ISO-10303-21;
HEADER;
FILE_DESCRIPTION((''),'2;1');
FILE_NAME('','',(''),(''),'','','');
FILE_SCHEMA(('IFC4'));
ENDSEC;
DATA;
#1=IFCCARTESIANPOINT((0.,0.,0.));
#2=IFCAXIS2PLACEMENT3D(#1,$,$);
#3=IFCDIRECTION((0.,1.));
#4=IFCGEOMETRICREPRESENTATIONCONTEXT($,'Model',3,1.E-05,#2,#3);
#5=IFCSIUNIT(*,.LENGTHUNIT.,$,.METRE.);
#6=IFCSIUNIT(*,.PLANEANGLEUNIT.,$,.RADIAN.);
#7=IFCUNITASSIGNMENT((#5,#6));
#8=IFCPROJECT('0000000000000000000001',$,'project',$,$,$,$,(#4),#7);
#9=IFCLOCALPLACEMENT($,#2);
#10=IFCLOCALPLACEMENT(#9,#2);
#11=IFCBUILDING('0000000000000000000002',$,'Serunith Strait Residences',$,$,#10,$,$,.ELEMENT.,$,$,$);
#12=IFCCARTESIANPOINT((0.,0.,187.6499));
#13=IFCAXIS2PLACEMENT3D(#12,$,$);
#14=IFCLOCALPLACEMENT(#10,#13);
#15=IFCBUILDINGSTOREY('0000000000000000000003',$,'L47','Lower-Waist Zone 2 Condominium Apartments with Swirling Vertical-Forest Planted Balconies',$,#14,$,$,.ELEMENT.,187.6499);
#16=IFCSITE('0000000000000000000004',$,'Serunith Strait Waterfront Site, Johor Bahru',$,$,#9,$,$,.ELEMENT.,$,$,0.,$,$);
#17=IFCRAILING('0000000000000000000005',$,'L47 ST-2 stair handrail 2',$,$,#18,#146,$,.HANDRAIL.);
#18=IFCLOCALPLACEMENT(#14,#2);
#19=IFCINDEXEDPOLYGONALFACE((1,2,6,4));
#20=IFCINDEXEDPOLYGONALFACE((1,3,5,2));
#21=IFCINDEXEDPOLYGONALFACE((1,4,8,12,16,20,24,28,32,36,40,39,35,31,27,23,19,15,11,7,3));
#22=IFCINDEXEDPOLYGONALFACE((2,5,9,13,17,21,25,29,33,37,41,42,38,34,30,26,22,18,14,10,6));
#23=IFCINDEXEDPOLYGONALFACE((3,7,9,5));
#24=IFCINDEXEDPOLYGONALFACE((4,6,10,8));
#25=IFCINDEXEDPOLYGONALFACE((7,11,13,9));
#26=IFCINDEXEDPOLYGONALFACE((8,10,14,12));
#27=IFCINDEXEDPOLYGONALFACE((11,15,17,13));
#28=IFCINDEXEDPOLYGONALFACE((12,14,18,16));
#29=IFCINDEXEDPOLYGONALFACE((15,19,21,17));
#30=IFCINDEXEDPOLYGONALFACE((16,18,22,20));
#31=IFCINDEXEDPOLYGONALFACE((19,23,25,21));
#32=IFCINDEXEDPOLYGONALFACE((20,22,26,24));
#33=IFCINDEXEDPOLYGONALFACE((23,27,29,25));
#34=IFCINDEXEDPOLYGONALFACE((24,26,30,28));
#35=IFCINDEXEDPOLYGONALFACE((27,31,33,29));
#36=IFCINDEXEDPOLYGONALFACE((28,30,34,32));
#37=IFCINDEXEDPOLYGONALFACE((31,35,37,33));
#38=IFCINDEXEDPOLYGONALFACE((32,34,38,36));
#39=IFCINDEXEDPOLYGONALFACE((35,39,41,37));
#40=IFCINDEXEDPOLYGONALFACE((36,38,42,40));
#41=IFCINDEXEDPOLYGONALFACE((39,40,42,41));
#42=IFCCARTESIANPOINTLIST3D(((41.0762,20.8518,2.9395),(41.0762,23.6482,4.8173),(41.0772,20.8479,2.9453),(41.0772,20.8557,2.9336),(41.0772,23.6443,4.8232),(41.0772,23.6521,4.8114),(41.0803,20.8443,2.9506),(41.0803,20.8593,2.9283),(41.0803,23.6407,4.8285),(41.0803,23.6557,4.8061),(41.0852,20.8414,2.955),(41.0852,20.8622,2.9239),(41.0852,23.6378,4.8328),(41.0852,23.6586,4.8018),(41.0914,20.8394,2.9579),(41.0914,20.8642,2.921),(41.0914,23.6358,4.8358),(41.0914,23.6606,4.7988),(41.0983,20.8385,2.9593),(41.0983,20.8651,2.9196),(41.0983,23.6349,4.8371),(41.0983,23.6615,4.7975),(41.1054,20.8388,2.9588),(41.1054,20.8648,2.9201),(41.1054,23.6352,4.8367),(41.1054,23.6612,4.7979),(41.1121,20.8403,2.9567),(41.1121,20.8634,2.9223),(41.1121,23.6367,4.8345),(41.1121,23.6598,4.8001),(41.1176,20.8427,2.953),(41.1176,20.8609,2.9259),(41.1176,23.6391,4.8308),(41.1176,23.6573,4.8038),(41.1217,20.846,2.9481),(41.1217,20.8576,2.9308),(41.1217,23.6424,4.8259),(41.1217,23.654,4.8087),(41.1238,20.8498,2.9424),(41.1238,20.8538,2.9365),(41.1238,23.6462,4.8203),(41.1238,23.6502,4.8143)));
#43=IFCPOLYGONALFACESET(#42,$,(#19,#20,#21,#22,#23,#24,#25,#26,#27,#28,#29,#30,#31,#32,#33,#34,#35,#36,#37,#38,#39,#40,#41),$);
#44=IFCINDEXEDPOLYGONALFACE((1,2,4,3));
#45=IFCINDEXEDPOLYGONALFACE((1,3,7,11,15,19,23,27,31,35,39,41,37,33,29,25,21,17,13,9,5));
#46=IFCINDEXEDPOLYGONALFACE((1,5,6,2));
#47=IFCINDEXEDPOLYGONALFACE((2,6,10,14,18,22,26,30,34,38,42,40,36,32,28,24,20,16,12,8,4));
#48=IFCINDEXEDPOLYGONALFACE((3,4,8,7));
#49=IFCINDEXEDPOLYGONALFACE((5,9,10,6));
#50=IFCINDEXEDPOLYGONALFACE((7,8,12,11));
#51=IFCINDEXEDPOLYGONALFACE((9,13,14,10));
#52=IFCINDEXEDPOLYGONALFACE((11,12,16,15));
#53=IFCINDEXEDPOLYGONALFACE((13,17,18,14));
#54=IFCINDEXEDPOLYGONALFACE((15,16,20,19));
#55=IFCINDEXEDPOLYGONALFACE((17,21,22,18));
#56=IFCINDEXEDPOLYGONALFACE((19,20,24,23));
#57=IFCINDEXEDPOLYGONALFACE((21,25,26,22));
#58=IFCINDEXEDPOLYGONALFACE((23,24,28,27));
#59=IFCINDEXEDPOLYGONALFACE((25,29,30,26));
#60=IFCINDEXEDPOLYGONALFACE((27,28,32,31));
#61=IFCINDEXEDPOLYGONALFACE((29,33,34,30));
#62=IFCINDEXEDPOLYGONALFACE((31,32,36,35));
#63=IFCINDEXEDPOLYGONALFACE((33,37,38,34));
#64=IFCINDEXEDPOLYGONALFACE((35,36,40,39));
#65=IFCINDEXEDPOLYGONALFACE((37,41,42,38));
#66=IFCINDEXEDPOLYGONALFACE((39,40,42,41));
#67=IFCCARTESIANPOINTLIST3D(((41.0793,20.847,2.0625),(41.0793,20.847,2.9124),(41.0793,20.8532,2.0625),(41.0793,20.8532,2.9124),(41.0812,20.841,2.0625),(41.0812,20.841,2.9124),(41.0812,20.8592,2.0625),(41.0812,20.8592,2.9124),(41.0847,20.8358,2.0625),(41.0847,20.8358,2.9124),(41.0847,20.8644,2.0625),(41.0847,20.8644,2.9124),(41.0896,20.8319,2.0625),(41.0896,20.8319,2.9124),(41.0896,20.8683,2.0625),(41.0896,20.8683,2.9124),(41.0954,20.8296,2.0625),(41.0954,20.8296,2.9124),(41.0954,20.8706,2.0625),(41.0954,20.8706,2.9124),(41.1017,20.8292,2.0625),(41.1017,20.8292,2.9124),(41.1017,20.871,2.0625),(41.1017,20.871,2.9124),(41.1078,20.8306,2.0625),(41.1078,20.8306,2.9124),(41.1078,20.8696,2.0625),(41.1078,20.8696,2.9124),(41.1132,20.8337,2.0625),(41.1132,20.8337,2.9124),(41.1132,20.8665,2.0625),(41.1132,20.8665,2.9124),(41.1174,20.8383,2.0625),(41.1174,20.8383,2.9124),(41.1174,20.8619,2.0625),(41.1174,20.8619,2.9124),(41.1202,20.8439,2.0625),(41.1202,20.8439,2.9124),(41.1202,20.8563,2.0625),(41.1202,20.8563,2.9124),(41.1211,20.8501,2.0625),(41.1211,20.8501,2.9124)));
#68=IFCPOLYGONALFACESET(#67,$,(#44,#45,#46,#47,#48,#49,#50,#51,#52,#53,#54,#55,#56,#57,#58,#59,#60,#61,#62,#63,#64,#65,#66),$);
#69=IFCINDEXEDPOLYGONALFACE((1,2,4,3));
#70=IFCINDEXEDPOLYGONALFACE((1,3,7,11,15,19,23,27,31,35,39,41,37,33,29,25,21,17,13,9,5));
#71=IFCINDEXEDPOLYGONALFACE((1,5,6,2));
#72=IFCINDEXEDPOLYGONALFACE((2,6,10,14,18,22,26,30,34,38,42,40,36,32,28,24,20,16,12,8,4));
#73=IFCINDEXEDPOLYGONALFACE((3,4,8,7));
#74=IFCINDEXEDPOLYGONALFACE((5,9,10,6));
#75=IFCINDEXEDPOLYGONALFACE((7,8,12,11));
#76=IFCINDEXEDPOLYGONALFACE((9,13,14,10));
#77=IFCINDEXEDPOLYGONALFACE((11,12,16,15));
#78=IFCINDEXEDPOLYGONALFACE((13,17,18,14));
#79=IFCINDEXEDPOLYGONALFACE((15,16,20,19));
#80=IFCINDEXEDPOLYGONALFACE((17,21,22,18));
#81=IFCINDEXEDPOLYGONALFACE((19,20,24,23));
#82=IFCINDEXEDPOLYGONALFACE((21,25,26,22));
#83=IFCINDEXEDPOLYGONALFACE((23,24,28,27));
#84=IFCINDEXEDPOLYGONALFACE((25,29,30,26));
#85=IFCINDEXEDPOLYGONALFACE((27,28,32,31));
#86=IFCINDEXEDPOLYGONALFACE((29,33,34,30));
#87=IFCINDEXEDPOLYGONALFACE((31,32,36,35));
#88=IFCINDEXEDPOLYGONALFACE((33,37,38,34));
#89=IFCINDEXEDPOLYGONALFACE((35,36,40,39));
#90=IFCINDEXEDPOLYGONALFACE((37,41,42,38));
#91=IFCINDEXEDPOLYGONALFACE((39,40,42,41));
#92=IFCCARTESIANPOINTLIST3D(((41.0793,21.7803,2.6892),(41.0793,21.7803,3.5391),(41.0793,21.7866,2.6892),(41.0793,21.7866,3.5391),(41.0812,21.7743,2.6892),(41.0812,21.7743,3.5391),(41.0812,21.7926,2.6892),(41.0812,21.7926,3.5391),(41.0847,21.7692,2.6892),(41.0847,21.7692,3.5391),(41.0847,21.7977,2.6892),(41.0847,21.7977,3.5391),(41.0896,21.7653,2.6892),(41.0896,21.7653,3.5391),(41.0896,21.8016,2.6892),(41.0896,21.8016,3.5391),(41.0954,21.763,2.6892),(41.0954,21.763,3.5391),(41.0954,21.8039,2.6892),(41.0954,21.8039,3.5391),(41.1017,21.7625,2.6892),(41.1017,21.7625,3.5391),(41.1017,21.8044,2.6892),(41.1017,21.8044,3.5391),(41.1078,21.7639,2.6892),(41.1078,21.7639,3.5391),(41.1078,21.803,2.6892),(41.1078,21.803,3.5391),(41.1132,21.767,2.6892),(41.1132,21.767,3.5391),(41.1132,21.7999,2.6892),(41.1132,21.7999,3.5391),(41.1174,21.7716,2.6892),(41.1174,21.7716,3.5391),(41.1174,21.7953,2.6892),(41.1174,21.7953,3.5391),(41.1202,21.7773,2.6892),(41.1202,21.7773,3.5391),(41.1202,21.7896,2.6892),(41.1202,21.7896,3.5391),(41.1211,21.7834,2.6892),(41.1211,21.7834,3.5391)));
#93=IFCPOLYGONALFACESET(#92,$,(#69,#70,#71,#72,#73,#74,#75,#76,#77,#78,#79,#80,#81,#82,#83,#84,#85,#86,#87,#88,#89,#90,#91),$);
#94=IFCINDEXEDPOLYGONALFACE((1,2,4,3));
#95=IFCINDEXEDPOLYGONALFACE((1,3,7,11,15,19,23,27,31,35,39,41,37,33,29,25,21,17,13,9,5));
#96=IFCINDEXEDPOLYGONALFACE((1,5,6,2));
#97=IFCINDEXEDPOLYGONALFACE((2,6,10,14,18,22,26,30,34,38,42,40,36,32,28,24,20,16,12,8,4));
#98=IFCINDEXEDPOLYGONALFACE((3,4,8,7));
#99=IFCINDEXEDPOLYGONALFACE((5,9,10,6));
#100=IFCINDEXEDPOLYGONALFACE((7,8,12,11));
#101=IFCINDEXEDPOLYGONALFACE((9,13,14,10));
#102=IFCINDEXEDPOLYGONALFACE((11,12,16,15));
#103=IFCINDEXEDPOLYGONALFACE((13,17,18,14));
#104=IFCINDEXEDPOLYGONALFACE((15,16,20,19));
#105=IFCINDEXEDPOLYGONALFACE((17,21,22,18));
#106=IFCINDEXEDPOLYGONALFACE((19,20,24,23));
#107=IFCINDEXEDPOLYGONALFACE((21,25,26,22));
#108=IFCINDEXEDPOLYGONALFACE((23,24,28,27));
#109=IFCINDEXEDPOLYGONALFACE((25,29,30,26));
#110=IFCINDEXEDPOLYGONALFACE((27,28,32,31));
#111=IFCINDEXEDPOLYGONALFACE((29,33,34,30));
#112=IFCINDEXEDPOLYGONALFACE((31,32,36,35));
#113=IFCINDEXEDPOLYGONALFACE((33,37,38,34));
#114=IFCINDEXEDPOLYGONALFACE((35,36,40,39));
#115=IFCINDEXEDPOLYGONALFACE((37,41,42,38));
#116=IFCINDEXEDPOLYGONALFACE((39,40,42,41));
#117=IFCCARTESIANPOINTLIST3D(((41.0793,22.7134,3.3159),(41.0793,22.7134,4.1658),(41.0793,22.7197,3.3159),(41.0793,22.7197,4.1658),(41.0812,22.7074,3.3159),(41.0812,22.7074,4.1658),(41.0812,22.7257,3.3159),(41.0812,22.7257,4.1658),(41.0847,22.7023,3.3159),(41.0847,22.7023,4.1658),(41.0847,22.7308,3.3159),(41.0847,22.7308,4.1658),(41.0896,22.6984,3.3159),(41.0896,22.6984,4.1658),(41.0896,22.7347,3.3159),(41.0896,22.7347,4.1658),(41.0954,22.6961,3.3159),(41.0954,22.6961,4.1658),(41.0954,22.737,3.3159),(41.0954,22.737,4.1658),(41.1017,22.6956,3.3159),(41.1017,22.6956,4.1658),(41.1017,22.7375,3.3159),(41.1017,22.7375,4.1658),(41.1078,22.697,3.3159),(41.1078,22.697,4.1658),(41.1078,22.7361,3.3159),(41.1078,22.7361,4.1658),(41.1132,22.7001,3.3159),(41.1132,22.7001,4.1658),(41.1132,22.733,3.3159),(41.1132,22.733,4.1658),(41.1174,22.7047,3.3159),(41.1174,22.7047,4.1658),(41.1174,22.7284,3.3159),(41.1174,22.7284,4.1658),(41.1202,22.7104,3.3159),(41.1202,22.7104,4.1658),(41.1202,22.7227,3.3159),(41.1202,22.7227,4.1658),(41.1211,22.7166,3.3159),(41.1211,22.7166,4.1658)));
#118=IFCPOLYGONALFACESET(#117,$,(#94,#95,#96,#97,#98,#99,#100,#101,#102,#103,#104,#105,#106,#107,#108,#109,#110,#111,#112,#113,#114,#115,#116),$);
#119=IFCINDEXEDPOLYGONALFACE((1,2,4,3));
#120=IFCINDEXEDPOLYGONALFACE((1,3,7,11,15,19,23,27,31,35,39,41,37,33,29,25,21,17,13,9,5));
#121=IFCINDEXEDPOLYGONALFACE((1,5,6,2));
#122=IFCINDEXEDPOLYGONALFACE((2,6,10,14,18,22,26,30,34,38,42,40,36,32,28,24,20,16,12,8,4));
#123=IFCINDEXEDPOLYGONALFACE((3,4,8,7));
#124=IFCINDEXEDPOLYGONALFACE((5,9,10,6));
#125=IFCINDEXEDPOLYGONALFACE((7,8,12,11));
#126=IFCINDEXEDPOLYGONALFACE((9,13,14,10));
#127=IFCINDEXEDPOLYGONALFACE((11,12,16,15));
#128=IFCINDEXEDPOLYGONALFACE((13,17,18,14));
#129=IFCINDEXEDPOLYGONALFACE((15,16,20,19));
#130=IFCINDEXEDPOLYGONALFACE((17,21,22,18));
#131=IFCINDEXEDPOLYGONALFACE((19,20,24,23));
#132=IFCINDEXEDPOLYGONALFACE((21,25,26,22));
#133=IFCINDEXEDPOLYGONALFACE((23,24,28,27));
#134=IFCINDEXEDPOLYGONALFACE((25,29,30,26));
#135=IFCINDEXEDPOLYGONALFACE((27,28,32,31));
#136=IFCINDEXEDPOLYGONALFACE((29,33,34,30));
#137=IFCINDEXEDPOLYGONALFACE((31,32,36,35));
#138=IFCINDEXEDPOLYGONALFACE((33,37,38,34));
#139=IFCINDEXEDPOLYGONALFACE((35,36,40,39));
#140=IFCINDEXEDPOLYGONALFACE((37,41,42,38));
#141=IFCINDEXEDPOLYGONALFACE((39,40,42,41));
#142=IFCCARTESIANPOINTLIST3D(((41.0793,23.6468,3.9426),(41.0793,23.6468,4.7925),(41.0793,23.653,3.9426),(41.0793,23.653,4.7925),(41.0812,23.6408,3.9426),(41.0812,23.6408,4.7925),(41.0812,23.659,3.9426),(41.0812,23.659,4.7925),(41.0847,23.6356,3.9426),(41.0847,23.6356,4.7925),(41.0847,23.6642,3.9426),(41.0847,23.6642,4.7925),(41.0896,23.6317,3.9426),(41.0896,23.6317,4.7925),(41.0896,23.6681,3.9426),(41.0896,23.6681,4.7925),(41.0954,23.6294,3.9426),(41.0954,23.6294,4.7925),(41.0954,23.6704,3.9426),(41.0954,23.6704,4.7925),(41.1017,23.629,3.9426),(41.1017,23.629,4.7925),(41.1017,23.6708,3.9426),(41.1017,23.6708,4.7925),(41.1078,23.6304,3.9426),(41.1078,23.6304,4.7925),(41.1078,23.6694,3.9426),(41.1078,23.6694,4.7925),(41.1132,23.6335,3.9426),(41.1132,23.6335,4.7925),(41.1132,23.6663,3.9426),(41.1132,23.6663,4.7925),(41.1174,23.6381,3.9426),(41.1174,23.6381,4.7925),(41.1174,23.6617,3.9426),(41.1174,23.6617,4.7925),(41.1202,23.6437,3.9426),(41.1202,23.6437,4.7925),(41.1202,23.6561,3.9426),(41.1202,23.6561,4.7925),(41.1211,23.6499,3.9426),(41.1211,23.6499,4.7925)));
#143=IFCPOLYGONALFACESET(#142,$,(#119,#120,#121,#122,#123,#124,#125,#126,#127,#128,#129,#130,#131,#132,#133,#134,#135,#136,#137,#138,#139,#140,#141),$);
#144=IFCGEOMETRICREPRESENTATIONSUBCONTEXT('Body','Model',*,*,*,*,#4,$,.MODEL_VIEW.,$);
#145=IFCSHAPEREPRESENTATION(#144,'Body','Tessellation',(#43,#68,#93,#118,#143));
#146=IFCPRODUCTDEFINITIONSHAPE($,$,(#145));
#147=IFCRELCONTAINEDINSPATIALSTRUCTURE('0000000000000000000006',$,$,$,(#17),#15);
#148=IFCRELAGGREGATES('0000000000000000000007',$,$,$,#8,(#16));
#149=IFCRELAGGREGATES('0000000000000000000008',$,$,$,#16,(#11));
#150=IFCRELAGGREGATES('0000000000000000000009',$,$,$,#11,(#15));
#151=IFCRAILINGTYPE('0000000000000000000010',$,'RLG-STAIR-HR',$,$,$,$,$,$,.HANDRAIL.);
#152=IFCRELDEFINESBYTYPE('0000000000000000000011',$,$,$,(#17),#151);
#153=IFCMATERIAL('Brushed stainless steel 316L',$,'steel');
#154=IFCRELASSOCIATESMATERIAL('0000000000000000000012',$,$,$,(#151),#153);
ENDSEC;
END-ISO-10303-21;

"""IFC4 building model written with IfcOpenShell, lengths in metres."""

from ifc_helpers import new_model, si_unit, direction, frame, origin, origin_2d, place, context, subcontext, project, spatial, circle, extrude, material, type_object, element, save


model = new_model("IFC4")

# Units and contexts
model_context = context("Model", 3, precision=1e-05, world=origin(), true_north=direction((0.0, 1.0)))
body_context = subcontext(model_context, "Body", "Model", "MODEL_VIEW")
ifc_project = project(units=[si_unit("LENGTHUNIT", "METRE"), si_unit("PLANEANGLEUNIT", "RADIAN")], contexts=[model_context])

# Site, building, storey
site_placement = place(None, origin())
site = spatial("IfcSite", under=ifc_project, at=site_placement, Name="Serunith Strait Waterfront Site, Johor Bahru", CompositionType="ELEMENT", RefElevation=0.0)
building_placement = place(site_placement, origin())
building = spatial("IfcBuilding", under=site, at=building_placement, Name="Serunith Strait Residences", CompositionType="ELEMENT")
storey_placement = place(building_placement, frame((0.0, 0.0, 187.6499)))
storey = spatial("IfcBuildingStorey", under=building, at=storey_placement, Name="L47", Description="Lower-Waist Zone 2 Condominium Apartments with Swirling Vertical-Forest Planted Balconies", CompositionType="ELEMENT", Elevation=187.6499)

# Railing
ifc_material_1 = material(Name="Brushed stainless steel 316L", Category="steel")
railing_type_1 = type_object("IfcRailingType", Name="RLG-STAIR-HR", PredefinedType="HANDRAIL", material=ifc_material_1)
railing_1_placement = place(storey_placement, frame((41.1001, 20.8501, 2.0625)))
element("IfcRailing", 1, at=railing_1_placement, inside=storey, type_object=railing_type_1, Name="L47 ST-2 stair handrail 2", PredefinedType="HANDRAIL", context=body_context, shape_type="SweptSolid", body=[
    extrude(circle(Radius=0.0239, at=origin_2d()), frame((0.0, 0.0017, 0.877), z_axis=(0.0, 0.830186, 0.557487), x_axis=(-1.0, 0.0, 0.0)), (0.0, 0.0, 1.0), 3.3684),
    extrude(circle(Radius=0.021, at=origin_2d()), origin(), (0.0, 0.0, 1.0), 0.8499),
    extrude(circle(Radius=0.021, at=origin_2d()), frame((0.0, 0.9333, 0.6267)), (0.0, 0.0, 1.0), 0.8499),
    extrude(circle(Radius=0.021, at=origin_2d()), frame((0.0, 1.8665, 1.2534)), (0.0, 0.0, 1.0), 0.8499),
    extrude(circle(Radius=0.021, at=origin_2d()), frame((0.0, 2.7998, 1.8801)), (0.0, 0.0, 1.0), 0.8499),
])

save(model, "model.ifc")
